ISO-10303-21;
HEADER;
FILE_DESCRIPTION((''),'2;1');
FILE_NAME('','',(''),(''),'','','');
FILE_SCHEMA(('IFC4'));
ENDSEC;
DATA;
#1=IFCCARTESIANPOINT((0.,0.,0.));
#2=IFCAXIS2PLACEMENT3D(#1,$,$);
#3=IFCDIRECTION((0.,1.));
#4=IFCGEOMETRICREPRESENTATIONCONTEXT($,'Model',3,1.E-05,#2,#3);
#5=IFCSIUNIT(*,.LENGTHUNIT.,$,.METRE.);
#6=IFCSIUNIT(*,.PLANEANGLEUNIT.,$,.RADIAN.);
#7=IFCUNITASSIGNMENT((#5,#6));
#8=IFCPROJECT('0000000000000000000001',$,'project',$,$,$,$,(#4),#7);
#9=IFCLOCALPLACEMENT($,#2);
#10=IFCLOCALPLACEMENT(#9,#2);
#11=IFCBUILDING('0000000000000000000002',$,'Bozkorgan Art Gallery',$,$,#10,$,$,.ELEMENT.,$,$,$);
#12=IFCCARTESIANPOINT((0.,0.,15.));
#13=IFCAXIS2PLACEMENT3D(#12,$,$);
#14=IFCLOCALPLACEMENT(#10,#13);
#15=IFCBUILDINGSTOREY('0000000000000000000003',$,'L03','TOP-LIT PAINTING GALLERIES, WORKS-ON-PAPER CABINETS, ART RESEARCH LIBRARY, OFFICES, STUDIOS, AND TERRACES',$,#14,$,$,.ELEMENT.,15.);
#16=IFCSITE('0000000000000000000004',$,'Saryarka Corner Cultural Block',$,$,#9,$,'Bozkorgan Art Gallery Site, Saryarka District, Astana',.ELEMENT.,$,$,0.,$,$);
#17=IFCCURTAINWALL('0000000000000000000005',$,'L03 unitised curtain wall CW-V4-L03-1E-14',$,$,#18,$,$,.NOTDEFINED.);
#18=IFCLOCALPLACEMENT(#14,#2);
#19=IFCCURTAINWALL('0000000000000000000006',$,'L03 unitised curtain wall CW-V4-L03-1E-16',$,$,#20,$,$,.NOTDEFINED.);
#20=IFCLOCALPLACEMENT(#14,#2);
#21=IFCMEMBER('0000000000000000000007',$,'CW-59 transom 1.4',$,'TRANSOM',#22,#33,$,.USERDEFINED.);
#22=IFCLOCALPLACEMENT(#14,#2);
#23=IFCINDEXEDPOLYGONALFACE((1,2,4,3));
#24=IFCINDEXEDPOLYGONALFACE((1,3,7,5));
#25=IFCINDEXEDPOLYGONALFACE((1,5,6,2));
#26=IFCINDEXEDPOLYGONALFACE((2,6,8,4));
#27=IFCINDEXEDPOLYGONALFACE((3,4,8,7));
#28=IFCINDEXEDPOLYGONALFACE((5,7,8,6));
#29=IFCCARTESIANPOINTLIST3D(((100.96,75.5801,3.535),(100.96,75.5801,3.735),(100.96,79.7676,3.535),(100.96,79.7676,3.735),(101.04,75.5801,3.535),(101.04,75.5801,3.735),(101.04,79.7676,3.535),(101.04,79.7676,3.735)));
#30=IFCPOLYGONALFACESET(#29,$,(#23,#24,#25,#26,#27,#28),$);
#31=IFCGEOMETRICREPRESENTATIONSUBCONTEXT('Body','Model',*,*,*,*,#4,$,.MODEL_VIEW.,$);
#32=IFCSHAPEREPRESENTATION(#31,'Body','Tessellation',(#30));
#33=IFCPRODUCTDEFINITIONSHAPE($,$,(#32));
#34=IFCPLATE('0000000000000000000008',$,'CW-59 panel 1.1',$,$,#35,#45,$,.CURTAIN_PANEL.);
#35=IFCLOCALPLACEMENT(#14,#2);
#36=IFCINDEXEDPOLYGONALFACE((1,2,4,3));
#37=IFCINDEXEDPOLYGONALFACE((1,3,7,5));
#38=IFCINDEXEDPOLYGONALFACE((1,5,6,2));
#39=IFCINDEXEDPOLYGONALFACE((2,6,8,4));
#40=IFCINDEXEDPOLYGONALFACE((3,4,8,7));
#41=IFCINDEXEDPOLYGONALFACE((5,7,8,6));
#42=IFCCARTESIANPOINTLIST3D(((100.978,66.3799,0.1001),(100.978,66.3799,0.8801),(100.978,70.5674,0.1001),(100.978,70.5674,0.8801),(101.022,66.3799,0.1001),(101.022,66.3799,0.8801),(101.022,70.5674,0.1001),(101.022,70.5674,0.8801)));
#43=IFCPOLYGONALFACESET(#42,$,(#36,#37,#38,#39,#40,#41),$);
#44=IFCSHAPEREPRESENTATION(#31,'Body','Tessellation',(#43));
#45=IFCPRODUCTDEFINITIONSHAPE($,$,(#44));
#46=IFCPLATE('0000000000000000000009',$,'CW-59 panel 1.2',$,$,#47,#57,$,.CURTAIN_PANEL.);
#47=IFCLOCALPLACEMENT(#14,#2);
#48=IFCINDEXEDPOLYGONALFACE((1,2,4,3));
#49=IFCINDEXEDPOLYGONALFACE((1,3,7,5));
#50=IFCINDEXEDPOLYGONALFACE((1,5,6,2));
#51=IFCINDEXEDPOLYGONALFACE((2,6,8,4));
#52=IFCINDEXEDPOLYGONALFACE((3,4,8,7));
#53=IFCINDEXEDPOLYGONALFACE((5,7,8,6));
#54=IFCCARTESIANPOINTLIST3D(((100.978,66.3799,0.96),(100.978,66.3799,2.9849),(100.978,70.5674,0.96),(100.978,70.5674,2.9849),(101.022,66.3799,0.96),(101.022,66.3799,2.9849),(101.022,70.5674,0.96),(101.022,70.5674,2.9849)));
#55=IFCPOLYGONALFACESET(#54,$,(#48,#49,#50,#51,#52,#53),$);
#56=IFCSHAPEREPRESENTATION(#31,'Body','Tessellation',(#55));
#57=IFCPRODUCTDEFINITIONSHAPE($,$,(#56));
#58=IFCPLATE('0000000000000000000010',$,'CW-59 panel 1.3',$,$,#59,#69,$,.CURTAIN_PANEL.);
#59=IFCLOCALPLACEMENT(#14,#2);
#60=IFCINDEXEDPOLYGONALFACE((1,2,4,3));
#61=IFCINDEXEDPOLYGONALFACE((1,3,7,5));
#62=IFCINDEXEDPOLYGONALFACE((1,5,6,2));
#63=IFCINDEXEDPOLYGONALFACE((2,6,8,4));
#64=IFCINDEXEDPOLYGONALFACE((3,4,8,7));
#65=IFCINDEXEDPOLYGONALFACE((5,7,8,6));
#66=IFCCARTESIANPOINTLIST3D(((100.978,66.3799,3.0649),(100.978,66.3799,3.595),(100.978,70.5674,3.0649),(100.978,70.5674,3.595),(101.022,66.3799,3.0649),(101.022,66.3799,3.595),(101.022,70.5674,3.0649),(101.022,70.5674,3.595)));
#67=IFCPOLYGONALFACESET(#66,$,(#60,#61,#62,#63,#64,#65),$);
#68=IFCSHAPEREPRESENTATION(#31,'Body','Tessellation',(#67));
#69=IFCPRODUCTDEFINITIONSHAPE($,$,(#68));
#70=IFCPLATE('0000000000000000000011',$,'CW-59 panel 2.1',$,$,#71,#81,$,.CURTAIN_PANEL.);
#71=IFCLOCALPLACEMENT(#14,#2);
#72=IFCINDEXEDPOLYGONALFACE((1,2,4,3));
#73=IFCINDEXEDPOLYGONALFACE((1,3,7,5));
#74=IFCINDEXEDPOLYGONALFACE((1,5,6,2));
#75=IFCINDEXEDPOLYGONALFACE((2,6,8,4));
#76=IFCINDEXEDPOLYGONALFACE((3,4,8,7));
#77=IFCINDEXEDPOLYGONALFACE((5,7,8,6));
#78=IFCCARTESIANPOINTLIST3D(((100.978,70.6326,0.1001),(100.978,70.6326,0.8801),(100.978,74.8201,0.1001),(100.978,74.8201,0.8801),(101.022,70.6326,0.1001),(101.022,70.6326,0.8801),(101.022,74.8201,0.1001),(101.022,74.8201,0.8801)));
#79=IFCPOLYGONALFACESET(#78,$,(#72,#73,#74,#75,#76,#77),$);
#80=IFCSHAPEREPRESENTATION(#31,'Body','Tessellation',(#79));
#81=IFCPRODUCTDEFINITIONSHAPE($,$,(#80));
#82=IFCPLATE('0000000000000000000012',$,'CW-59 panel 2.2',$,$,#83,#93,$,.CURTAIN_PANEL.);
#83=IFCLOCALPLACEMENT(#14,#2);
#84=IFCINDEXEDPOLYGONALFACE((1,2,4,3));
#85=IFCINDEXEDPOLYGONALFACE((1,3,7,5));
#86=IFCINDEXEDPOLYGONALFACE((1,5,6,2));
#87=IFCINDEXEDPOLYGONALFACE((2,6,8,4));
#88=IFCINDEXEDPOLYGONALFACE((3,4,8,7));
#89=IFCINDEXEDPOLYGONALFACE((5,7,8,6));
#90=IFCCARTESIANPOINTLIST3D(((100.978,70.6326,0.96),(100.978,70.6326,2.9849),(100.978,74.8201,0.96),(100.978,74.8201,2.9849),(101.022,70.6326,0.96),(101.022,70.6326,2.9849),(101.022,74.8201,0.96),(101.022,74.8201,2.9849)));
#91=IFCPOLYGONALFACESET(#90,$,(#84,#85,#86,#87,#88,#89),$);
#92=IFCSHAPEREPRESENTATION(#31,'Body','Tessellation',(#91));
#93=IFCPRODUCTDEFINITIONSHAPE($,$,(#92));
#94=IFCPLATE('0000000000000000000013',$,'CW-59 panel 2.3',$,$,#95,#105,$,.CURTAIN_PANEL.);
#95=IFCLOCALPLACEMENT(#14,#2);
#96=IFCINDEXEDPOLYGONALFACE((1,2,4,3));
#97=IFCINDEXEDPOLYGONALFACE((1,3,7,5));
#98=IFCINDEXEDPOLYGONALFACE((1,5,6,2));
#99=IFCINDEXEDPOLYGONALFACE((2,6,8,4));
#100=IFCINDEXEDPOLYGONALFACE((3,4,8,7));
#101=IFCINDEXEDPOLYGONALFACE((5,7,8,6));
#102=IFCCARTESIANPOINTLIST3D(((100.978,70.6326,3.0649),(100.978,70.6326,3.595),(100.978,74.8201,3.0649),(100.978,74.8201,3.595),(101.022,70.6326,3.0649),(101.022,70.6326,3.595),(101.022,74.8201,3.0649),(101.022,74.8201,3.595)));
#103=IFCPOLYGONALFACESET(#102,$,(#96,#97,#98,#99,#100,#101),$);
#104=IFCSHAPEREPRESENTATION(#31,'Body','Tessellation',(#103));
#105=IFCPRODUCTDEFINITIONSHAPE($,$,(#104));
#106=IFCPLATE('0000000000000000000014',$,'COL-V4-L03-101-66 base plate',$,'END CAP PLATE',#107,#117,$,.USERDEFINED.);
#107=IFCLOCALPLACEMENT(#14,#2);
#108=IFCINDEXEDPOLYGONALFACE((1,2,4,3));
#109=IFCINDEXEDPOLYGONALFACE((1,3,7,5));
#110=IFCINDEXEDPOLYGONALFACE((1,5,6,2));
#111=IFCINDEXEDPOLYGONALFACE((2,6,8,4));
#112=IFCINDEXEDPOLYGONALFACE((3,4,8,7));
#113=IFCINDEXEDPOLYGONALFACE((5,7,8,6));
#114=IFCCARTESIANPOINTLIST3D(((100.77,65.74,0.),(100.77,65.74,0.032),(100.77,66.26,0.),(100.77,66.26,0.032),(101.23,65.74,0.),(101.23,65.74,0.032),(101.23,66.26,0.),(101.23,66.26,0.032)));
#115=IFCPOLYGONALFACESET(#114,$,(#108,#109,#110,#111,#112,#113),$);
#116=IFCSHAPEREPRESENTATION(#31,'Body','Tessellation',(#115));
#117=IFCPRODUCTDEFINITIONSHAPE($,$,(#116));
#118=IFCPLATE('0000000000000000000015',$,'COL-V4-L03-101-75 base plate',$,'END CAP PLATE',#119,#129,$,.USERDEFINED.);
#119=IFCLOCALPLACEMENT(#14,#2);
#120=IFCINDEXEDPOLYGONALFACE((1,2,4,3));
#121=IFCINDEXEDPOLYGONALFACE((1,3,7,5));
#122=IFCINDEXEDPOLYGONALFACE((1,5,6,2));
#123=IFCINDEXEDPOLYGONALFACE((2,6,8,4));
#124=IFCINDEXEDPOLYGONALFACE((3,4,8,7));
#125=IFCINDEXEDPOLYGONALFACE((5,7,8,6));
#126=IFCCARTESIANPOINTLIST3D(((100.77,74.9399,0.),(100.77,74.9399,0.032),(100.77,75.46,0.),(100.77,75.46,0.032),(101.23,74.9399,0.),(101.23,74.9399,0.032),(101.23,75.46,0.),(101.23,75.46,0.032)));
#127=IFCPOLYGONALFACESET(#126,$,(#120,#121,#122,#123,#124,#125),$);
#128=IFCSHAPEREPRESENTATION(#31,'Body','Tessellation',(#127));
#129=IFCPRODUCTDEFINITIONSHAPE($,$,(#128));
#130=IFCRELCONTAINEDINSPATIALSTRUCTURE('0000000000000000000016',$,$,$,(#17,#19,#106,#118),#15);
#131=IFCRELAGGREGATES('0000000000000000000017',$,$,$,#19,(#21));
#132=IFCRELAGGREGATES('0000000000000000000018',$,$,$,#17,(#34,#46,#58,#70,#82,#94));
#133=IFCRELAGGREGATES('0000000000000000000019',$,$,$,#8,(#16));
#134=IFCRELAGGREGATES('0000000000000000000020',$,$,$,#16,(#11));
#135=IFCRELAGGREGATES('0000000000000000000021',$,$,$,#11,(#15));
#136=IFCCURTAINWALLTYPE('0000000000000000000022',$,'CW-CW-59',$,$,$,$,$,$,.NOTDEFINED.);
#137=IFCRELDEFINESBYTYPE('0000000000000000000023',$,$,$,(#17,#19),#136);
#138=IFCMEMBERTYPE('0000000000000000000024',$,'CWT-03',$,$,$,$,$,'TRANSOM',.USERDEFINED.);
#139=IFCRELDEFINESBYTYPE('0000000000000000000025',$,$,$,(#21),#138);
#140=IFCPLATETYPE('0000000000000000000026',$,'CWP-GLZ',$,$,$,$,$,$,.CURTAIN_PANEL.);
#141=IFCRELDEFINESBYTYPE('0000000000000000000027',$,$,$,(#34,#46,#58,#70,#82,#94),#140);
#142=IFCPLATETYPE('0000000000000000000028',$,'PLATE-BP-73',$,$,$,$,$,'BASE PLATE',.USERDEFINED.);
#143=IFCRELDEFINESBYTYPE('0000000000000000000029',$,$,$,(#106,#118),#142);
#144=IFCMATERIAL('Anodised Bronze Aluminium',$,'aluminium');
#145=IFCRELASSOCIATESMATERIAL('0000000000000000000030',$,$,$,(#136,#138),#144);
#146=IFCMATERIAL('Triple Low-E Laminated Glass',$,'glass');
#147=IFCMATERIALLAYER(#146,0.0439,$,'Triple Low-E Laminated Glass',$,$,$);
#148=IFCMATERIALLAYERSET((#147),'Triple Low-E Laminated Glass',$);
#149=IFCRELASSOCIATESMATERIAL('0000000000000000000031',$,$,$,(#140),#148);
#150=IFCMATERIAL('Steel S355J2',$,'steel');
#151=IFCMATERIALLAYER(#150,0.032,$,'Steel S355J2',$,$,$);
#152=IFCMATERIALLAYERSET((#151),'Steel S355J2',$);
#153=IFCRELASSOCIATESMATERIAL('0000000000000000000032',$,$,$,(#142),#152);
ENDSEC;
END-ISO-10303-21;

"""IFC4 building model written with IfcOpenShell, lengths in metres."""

from ifc_helpers import new_model, si_unit, direction, frame, origin, origin_2d, place, context, subcontext, project, spatial, rectangle, extrude, material, layer, layer_set, material_profile, profile_set, type_object, element, aggregate, save


model = new_model("IFC4")

# Units and contexts
model_context = context("Model", 3, precision=1e-05, world=origin(), true_north=direction((0.0, 1.0)))
body_context = subcontext(model_context, "Body", "Model", "MODEL_VIEW")
ifc_project = project(units=[si_unit("LENGTHUNIT", "METRE"), si_unit("PLANEANGLEUNIT", "RADIAN")], contexts=[model_context])

# Site, building, storey
site_placement = place(None, origin())
site = spatial("IfcSite", under=ifc_project, at=site_placement, Name="Saryarka Corner Cultural Block", LongName="Bozkorgan Art Gallery Site, Saryarka District, Astana", CompositionType="ELEMENT", RefElevation=0.0)
building_placement = place(site_placement, origin())
building = spatial("IfcBuilding", under=site, at=building_placement, Name="Bozkorgan Art Gallery", CompositionType="ELEMENT")
storey_placement = place(building_placement, frame((0.0, 0.0, 15.0)))
storey = spatial("IfcBuildingStorey", under=building, at=storey_placement, Name="L03", Description="TOP-LIT PAINTING GALLERIES, WORKS-ON-PAPER CABINETS, ART RESEARCH LIBRARY, OFFICES, STUDIOS, AND TERRACES", CompositionType="ELEMENT", Elevation=15.0)

# Shared definitions
ifc_material_1 = material(Name="Steel S355J2", Category="steel")

# Curtain wall
ifc_material_2 = material(Name="Anodised Bronze Aluminium", Category="aluminium")
curtain_wall_type = type_object("IfcCurtainWallType", Name="CW-CW-59", PredefinedType="NOTDEFINED", material=ifc_material_2)
curtain_wall_1_placement = place(storey_placement, origin())
curtain_wall_1 = element("IfcCurtainWall", 1, at=curtain_wall_1_placement, inside=storey, type_object=curtain_wall_type, Name="L03 unitised curtain wall CW-V4-L03-1E-14", PredefinedType="NOTDEFINED")

# Curtain wall
curtain_wall_2_placement = place(storey_placement, origin())
curtain_wall_2 = element("IfcCurtainWall", 2, at=curtain_wall_2_placement, inside=storey, type_object=curtain_wall_type, Name="L03 unitised curtain wall CW-V4-L03-1E-16", PredefinedType="NOTDEFINED")

# Member
ifc_material_profile_1 = material_profile(ifc_material_2, rectangle(XDim=0.0801, YDim=0.2, at=origin_2d()), Name="ALU TRANSOM 80x200")
ifc_profile_set_1 = profile_set([ifc_material_profile_1], Name="Anodised Bronze Aluminium")
member_type_1 = type_object("IfcMemberType", Name="CWT-03", ElementType="TRANSOM", PredefinedType="USERDEFINED", material=ifc_profile_set_1)
member_1_placement = place(storey_placement, frame((101.0, 75.5801, 3.635), z_axis=(0.0, 1.0, 0.0), x_axis=(-1.0, 0.0, 0.0)))
member_1 = element("IfcMember", 3, at=member_1_placement, type_object=member_type_1, Name="CW-59 transom 1.4", ObjectType="TRANSOM", PredefinedType="USERDEFINED", context=body_context, shape_type="SweptSolid", body=[
    extrude(rectangle(XDim=0.0801, YDim=0.2, at=origin_2d()), origin(), (0.0, 0.0, 1.0), 4.1875),
])
aggregate(curtain_wall_2, [member_1])

# Plates
ifc_material_3 = material(Name="Triple Low-E Laminated Glass", Category="glass")
ifc_layer_1 = layer(ifc_material_3, 0.0439, Name="Triple Low-E Laminated Glass")
ifc_layer_set_1 = layer_set([ifc_layer_1], Name="Triple Low-E Laminated Glass")
plate_type_1 = type_object("IfcPlateType", Name="CWP-GLZ", PredefinedType="CURTAIN_PANEL", material=ifc_layer_set_1)
plate_1_placement = place(storey_placement, frame((101.0, 68.4736, 0.1001), z_axis=(0.0, 0.0, 1.0), x_axis=(0.0, 1.0, 0.0)))
plate_1 = element("IfcPlate", 4, at=plate_1_placement, type_object=plate_type_1, Name="CW-59 panel 1.1", PredefinedType="CURTAIN_PANEL", context=body_context, shape_type="SweptSolid", body=[
    extrude(rectangle(XDim=4.1875, YDim=0.0439, at=origin_2d()), origin(), (0.0, 0.0, 1.0), 0.78),
])
plate_2_placement = place(storey_placement, frame((101.0, 68.4736, 0.96), z_axis=(0.0, 0.0, 1.0), x_axis=(0.0, 1.0, 0.0)))
plate_2 = element("IfcPlate", 5, at=plate_2_placement, type_object=plate_type_1, Name="CW-59 panel 1.2", PredefinedType="CURTAIN_PANEL", context=body_context, shape_type="SweptSolid", body=[
    extrude(rectangle(XDim=4.1875, YDim=0.0439, at=origin_2d()), origin(), (0.0, 0.0, 1.0), 2.0249),
])
plate_3_placement = place(storey_placement, frame((101.0, 68.4736, 3.0649), z_axis=(0.0, 0.0, 1.0), x_axis=(0.0, 1.0, 0.0)))
plate_3 = element("IfcPlate", 6, at=plate_3_placement, type_object=plate_type_1, Name="CW-59 panel 1.3", PredefinedType="CURTAIN_PANEL", context=body_context, shape_type="SweptSolid", body=[
    extrude(rectangle(XDim=4.1875, YDim=0.0439, at=origin_2d()), origin(), (0.0, 0.0, 1.0), 0.53),
])
plate_4_placement = place(storey_placement, frame((101.0, 72.7263, 0.1001), z_axis=(0.0, 0.0, 1.0), x_axis=(0.0, 1.0, 0.0)))
plate_4 = element("IfcPlate", 7, at=plate_4_placement, type_object=plate_type_1, Name="CW-59 panel 2.1", PredefinedType="CURTAIN_PANEL", context=body_context, shape_type="SweptSolid", body=[
    extrude(rectangle(XDim=4.1875, YDim=0.0439, at=origin_2d()), origin(), (0.0, 0.0, 1.0), 0.78),
])
plate_5_placement = place(storey_placement, frame((101.0, 72.7263, 0.96), z_axis=(0.0, 0.0, 1.0), x_axis=(0.0, 1.0, 0.0)))
plate_5 = element("IfcPlate", 8, at=plate_5_placement, type_object=plate_type_1, Name="CW-59 panel 2.2", PredefinedType="CURTAIN_PANEL", context=body_context, shape_type="SweptSolid", body=[
    extrude(rectangle(XDim=4.1875, YDim=0.0439, at=origin_2d()), origin(), (0.0, 0.0, 1.0), 2.0249),
])
plate_6_placement = place(storey_placement, frame((101.0, 72.7263, 3.0649), z_axis=(0.0, 0.0, 1.0), x_axis=(0.0, 1.0, 0.0)))
plate_6 = element("IfcPlate", 9, at=plate_6_placement, type_object=plate_type_1, Name="CW-59 panel 2.3", PredefinedType="CURTAIN_PANEL", context=body_context, shape_type="SweptSolid", body=[
    extrude(rectangle(XDim=4.1875, YDim=0.0439, at=origin_2d()), origin(), (0.0, 0.0, 1.0), 0.53),
])
aggregate(curtain_wall_1, [plate_1, plate_2, plate_3, plate_4, plate_5, plate_6])

# Plates
ifc_layer_2 = layer(ifc_material_1, 0.032, Name="Steel S355J2")
ifc_layer_set_2 = layer_set([ifc_layer_2], Name="Steel S355J2")
plate_type_2 = type_object("IfcPlateType", Name="PLATE-BP-73", ElementType="BASE PLATE", PredefinedType="USERDEFINED", material=ifc_layer_set_2)
for number, where, z_axis, x_axis, name in (
    (10, (101.0, 66.0, 0.0), (0.0, 0.0, 1.0), (1.0, 0.0, 0.0), "COL-V4-L03-101-66 base plate"),
    (11, (101.0, 75.2, 0.0), (0.0, 0.0, 1.0), (1.0, 0.0, 0.0), "COL-V4-L03-101-75 base plate"),
):
    element("IfcPlate", number, at=place(storey_placement, frame(where, z_axis=z_axis, x_axis=x_axis)), inside=storey, type_object=plate_type_2, Name=name, ObjectType="END CAP PLATE", PredefinedType="USERDEFINED", context=body_context, shape_type="SweptSolid", body=[
        extrude(rectangle(XDim=0.46, YDim=0.52, at=origin_2d()), origin(), (0.0, 0.0, 1.0), 0.032),
    ])

save(model, "model.ifc")
